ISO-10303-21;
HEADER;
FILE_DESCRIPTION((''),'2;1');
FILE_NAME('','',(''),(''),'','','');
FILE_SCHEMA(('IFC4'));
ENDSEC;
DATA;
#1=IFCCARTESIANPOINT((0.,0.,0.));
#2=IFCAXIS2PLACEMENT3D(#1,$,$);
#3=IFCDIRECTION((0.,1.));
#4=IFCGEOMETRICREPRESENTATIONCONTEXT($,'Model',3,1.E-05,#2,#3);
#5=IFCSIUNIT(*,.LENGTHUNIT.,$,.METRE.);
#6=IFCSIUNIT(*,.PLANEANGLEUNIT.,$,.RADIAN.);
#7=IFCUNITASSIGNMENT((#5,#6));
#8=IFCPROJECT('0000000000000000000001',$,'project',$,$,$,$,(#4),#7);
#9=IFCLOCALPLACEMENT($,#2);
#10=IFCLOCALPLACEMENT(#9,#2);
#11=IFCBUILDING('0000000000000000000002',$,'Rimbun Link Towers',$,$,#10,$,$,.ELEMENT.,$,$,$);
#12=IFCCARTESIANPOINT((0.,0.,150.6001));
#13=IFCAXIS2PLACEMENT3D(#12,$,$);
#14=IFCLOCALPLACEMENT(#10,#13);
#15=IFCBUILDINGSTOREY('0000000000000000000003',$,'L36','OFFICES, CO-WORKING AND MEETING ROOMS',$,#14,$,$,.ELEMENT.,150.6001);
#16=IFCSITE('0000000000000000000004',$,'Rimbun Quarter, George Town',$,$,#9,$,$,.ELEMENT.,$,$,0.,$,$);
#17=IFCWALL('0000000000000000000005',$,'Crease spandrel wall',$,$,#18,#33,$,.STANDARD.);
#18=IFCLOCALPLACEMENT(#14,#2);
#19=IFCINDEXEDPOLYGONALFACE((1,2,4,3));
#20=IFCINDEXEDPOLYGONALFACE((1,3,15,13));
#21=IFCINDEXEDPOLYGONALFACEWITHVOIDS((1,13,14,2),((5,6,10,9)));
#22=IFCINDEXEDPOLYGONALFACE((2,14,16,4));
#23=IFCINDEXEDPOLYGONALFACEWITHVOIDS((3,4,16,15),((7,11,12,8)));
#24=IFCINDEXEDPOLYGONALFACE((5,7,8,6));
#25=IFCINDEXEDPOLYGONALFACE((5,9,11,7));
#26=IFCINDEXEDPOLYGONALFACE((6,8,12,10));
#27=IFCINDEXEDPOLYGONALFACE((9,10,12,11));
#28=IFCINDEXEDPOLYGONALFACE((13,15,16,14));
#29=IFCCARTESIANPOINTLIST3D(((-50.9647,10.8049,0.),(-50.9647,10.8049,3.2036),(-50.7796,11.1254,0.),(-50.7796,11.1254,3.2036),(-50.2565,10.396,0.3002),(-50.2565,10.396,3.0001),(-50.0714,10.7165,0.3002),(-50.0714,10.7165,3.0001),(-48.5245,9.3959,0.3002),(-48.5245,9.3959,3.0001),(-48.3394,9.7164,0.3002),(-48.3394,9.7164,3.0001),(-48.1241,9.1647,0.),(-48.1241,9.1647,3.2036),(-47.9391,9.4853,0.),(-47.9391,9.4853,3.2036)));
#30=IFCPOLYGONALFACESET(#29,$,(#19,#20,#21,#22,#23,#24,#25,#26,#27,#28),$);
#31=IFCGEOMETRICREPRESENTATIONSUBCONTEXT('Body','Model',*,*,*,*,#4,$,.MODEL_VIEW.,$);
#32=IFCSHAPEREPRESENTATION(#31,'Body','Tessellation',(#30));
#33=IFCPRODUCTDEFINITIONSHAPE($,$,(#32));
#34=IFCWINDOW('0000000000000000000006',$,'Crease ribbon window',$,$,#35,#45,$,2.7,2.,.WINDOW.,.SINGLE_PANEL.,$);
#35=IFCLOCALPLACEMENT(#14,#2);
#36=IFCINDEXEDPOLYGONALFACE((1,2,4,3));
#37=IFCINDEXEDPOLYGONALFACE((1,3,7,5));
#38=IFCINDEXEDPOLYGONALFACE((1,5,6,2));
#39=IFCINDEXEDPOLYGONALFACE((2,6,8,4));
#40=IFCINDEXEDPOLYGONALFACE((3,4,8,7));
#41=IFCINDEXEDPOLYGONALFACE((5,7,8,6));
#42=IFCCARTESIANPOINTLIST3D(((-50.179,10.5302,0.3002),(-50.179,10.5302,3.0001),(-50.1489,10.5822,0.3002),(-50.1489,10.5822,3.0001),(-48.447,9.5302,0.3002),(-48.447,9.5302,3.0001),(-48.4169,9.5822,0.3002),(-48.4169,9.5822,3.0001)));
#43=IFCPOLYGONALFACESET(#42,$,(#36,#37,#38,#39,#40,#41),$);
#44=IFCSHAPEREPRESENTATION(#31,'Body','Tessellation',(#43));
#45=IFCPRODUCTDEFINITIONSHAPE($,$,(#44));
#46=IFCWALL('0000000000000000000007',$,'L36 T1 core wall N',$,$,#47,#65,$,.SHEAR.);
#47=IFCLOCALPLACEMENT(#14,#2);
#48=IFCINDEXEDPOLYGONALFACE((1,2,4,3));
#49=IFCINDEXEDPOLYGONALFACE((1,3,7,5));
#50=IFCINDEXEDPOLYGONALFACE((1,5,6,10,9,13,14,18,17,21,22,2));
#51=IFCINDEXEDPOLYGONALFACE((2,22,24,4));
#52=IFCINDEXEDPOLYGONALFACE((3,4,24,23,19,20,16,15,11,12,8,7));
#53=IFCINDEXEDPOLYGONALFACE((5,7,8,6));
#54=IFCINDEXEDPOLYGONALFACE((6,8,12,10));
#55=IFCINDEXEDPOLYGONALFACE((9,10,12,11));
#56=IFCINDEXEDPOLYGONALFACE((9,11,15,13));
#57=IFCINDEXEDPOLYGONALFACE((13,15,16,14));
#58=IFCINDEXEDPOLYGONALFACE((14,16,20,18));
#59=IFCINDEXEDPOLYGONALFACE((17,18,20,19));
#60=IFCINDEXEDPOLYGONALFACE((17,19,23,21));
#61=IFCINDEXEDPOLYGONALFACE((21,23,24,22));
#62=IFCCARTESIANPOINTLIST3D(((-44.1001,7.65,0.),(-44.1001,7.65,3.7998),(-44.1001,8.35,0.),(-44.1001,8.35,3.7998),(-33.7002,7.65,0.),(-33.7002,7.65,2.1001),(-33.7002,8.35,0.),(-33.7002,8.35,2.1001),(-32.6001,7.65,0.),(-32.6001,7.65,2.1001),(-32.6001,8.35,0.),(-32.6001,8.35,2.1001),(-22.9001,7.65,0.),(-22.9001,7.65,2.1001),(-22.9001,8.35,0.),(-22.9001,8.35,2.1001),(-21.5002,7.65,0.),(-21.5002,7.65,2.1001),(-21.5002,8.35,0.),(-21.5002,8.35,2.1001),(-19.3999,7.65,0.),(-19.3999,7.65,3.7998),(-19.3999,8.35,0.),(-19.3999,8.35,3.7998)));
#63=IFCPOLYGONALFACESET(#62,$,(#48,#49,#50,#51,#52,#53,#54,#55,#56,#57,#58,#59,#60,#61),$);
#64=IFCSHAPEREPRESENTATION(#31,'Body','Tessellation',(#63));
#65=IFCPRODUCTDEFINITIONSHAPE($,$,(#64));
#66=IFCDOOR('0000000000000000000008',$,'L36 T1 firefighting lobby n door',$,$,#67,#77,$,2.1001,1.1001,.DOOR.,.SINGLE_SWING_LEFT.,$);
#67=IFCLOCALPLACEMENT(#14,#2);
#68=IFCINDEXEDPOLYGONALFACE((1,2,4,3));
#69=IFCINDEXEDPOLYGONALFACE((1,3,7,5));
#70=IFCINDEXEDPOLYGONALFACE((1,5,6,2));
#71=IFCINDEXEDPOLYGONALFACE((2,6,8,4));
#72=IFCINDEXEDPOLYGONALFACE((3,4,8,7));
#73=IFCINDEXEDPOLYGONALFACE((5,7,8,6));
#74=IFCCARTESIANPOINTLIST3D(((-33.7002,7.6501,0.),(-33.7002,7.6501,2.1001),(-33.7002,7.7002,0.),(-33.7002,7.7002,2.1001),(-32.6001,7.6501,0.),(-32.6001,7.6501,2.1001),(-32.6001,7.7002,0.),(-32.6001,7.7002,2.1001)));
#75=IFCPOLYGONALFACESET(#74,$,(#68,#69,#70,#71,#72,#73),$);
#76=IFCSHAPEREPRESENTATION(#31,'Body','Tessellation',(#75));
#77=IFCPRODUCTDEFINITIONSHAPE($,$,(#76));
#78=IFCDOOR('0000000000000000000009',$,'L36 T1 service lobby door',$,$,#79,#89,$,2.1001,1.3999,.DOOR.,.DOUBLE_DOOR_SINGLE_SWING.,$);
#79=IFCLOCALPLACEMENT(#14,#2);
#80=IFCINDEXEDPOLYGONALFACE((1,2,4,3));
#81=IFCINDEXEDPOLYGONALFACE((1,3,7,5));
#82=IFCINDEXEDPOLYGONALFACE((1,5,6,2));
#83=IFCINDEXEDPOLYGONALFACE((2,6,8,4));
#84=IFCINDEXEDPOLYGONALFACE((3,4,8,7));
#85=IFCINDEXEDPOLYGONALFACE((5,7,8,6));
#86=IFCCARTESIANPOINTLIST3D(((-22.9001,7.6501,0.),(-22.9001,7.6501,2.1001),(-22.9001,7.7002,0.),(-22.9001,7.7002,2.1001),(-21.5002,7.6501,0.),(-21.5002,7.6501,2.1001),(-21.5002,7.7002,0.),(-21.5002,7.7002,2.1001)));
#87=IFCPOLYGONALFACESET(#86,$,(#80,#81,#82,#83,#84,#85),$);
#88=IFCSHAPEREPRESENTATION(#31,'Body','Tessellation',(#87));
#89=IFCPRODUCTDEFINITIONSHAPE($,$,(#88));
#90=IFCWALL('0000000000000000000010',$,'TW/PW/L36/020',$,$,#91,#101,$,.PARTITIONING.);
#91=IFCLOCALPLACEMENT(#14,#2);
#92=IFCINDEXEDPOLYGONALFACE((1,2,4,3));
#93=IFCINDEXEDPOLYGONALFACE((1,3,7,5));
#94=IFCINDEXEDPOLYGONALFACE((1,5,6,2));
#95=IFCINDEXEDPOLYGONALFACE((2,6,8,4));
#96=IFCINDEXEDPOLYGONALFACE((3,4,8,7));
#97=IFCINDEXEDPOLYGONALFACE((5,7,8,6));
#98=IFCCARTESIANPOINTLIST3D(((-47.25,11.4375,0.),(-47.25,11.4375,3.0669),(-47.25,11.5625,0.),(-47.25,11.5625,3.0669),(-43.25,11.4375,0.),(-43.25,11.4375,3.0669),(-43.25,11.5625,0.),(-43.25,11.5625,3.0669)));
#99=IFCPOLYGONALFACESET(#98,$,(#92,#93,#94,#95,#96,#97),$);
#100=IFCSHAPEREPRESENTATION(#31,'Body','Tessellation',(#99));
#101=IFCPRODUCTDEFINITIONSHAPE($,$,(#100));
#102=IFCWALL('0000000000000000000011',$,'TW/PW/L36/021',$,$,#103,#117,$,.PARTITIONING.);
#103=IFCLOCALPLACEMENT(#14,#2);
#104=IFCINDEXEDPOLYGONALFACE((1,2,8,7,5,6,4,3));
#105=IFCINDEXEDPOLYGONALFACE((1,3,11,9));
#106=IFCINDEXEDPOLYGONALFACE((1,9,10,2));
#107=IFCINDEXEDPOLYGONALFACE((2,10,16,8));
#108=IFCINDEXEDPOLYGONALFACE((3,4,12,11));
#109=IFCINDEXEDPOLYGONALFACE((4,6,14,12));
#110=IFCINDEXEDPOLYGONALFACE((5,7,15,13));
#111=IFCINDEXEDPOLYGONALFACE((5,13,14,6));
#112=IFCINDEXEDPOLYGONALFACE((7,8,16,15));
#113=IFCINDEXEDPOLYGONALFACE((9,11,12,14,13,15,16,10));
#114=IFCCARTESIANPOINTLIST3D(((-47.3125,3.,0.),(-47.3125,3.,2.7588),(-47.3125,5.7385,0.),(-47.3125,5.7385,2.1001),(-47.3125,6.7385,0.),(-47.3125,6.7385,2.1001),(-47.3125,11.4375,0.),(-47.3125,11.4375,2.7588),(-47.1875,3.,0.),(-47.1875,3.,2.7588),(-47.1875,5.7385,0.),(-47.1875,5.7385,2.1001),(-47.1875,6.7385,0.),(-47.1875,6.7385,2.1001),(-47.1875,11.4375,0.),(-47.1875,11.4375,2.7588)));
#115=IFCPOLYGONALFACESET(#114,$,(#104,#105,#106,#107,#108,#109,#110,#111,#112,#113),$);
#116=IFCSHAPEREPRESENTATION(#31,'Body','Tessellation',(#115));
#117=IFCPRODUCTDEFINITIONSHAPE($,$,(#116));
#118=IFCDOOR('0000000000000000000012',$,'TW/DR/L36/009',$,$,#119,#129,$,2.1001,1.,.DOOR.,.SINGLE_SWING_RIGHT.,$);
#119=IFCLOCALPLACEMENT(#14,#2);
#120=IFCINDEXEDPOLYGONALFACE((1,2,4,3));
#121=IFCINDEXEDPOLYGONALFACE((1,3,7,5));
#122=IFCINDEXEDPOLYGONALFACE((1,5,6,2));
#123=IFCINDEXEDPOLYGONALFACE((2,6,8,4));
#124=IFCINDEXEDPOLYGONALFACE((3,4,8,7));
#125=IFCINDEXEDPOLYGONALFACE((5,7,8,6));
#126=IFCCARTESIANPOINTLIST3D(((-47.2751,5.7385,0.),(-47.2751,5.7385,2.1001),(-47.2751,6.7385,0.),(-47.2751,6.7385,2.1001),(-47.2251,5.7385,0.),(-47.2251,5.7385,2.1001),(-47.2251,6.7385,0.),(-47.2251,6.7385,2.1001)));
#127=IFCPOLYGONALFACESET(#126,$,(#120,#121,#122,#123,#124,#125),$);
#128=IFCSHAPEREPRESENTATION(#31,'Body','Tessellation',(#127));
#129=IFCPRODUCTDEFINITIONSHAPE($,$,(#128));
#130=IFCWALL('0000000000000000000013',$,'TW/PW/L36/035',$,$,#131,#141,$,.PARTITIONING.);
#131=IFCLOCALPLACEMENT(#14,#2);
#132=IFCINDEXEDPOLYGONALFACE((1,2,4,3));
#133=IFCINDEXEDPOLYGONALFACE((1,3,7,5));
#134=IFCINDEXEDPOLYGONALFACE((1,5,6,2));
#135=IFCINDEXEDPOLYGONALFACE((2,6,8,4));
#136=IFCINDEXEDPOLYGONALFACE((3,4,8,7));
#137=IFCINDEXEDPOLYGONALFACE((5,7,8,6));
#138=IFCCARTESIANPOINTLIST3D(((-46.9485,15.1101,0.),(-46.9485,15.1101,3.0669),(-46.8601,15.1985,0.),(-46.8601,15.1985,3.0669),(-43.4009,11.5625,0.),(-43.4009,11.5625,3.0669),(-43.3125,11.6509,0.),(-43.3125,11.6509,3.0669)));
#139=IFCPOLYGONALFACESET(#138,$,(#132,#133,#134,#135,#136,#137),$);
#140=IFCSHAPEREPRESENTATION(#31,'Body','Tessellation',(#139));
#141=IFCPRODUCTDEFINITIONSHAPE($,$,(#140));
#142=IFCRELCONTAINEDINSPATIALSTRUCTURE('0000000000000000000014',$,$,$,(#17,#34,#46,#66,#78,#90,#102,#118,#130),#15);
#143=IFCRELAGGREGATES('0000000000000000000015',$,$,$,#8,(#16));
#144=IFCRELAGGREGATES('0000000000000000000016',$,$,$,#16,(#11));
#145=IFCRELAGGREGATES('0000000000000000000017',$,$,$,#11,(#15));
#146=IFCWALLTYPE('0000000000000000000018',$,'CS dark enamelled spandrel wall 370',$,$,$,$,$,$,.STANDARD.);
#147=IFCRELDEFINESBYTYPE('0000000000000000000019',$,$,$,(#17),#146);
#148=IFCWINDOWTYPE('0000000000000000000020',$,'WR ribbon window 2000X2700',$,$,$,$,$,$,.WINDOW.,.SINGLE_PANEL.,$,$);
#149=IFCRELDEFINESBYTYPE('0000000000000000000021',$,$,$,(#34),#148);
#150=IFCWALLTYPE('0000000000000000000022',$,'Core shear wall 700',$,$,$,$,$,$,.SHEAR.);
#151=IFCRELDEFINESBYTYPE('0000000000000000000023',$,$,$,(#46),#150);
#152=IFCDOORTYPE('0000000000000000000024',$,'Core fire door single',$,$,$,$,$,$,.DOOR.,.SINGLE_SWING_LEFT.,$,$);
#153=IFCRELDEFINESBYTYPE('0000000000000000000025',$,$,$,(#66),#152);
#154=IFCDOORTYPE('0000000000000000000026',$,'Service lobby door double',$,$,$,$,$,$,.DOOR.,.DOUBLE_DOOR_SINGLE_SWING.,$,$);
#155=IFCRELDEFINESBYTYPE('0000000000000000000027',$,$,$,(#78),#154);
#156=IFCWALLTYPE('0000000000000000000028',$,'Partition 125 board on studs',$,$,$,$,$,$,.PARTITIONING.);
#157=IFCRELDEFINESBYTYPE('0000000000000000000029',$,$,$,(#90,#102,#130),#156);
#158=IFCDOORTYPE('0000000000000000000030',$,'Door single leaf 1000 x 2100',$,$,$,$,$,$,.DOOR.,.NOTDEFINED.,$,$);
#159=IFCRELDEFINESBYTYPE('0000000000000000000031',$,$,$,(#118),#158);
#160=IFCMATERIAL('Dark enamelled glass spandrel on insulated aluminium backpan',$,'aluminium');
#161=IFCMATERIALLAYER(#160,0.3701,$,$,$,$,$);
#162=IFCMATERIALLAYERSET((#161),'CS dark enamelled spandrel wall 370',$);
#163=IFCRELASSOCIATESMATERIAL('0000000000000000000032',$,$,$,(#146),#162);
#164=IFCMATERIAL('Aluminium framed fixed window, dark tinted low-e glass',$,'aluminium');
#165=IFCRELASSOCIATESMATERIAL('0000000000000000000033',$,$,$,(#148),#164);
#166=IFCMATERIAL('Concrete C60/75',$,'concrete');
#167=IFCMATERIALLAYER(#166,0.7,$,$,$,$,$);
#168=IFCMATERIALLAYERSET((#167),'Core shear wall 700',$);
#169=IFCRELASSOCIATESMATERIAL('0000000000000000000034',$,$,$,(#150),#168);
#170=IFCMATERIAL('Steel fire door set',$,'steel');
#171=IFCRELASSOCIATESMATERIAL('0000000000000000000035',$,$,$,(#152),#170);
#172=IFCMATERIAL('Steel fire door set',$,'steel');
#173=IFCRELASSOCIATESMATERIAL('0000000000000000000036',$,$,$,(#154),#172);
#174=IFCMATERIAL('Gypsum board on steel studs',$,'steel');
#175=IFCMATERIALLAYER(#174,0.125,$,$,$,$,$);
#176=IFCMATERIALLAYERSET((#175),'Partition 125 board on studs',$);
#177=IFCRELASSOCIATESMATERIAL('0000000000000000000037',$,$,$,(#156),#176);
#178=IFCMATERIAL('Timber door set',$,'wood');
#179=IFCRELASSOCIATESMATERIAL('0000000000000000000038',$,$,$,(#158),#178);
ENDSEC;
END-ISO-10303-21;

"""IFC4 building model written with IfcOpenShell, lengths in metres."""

from ifc_helpers import new_model, si_unit, direction, frame, frame_2d, origin, place, context, subcontext, project, spatial, rectangle, extrude, material, layer, layer_set, type_object, element, fill, save


model = new_model("IFC4")

# Units and contexts
model_context = context("Model", 3, precision=1e-05, world=origin(), true_north=direction((0.0, 1.0)))
body_context = subcontext(model_context, "Body", "Model", "MODEL_VIEW")
ifc_project = project(units=[si_unit("LENGTHUNIT", "METRE"), si_unit("PLANEANGLEUNIT", "RADIAN")], contexts=[model_context])

# Site, building, storey
site_placement = place(None, origin())
site = spatial("IfcSite", under=ifc_project, at=site_placement, Name="Rimbun Quarter, George Town", CompositionType="ELEMENT", RefElevation=0.0)
building_placement = place(site_placement, origin())
building = spatial("IfcBuilding", under=site, at=building_placement, Name="Rimbun Link Towers", CompositionType="ELEMENT")
storey_placement = place(building_placement, frame((0.0, 0.0, 150.6001)))
storey = spatial("IfcBuildingStorey", under=building, at=storey_placement, Name="L36", Description="OFFICES, CO-WORKING AND MEETING ROOMS", CompositionType="ELEMENT", Elevation=150.6001)

# Wall, opening, window
ifc_material_1 = material(Name="Dark enamelled glass spandrel on insulated aluminium backpan", Category="aluminium")
ifc_layer_1 = layer(ifc_material_1, 0.3701)
ifc_layer_set_1 = layer_set([ifc_layer_1], Name="CS dark enamelled spandrel wall 370")
wall_type_1 = type_object("IfcWallType", Name="CS dark enamelled spandrel wall 370", PredefinedType="STANDARD", material=ifc_layer_set_1)
wall_1_placement = place(storey_placement, frame((-48.0315, 9.325, 0.0), z_axis=(0.0, 0.0, 1.0), x_axis=(-0.866008, 0.50003, 0.0)))
wall_1 = element("IfcWall", 1, at=wall_1_placement, inside=storey, type_object=wall_type_1, Name="Crease spandrel wall", PredefinedType="STANDARD", context=body_context, shape_type="SweptSolid", body=[
    extrude(rectangle(XDim=3.28, YDim=0.3701, at=frame_2d((1.6401, 0.0))), origin(), (0.0, 0.0, 1.0), 3.2036),
])
opening_1_placement = place(wall_1_placement, frame((0.4624, 0.0, 0.3)))
opening_1 = element("IfcOpeningElement", 2, at=opening_1_placement, cuts=wall_1, PredefinedType="OPENING", context=body_context, shape_type="SweptSolid", body=[
    extrude(rectangle(XDim=2.0, YDim=2.7, at=frame_2d((1.0, 1.3501))), frame((0.0, 0.1951, 0.0), z_axis=(0.0, -1.0, 0.0), x_axis=(1.0, 0.0, 0.0)), (0.0, 0.0, 1.0), 0.3901),
])
ifc_material_2 = material(Name="Aluminium framed fixed window, dark tinted low-e glass", Category="aluminium")
window_type = type_object("IfcWindowType", Name="WR ribbon window 2000X2700", PartitioningType="SINGLE_PANEL", PredefinedType="WINDOW", material=ifc_material_2)
window_placement = place(opening_1_placement, origin())
window = element("IfcWindow", 3, at=window_placement, inside=storey, type_object=window_type, Name="Crease ribbon window", OverallHeight=2.7, OverallWidth=2.0, PartitioningType="SINGLE_PANEL", PredefinedType="WINDOW", context=body_context, shape_type="SweptSolid", body=[
    extrude(rectangle(XDim=2.0, YDim=2.7, at=frame_2d((1.0, 1.3501))), frame((0.0, 0.03, 0.0), z_axis=(0.0, -1.0, 0.0), x_axis=(1.0, 0.0, 0.0)), (0.0, 0.0, 1.0), 0.0601),
])
fill(opening_1, window)

# Wall, openings, doors
ifc_material_3 = material(Name="Concrete C60/75", Category="concrete")
ifc_layer_2 = layer(ifc_material_3, 0.7)
ifc_layer_set_2 = layer_set([ifc_layer_2], Name="Core shear wall 700")
wall_type_2 = type_object("IfcWallType", Name="Core shear wall 700", PredefinedType="SHEAR", material=ifc_layer_set_2)
wall_2_placement = place(storey_placement, frame((-44.1001, 8.0, 0.0), z_axis=(0.0, 0.0, 1.0), x_axis=(1.0, 0.0, 0.0)))
wall_2 = element("IfcWall", 4, at=wall_2_placement, inside=storey, type_object=wall_type_2, Name="L36 T1 core wall N", PredefinedType="SHEAR", context=body_context, shape_type="SweptSolid", body=[
    extrude(rectangle(XDim=24.7002, YDim=0.7, at=frame_2d((12.3501, 0.0))), origin(), (0.0, 0.0, 1.0), 3.7998),
])
opening_2_placement = place(wall_2_placement, frame((10.3999, 0.0, 0.0)))
opening_2 = element("IfcOpeningElement", 5, at=opening_2_placement, cuts=wall_2, PredefinedType="OPENING", context=body_context, shape_type="SweptSolid", body=[
    extrude(rectangle(XDim=1.1001, YDim=2.1001, at=frame_2d((0.55, 1.05))), frame((0.0, 0.3599, 0.0), z_axis=(0.0, -1.0, 0.0), x_axis=(1.0, 0.0, 0.0)), (0.0, 0.0, 1.0), 0.72),
])
opening_3_placement = place(wall_2_placement, frame((21.2, 0.0, 0.0)))
opening_3 = element("IfcOpeningElement", 6, at=opening_3_placement, cuts=wall_2, PredefinedType="OPENING", context=body_context, shape_type="SweptSolid", body=[
    extrude(rectangle(XDim=1.3999, YDim=2.1001, at=frame_2d((0.7, 1.05))), frame((0.0, 0.3599, 0.0), z_axis=(0.0, -1.0, 0.0), x_axis=(1.0, 0.0, 0.0)), (0.0, 0.0, 1.0), 0.72),
])
ifc_material_4 = material(Name="Steel fire door set", Category="steel")
door_type_1 = type_object("IfcDoorType", Name="Core fire door single", OperationType="SINGLE_SWING_LEFT", PredefinedType="DOOR", material=ifc_material_4)
door_1_placement = place(opening_2_placement, origin())
door_1 = element("IfcDoor", 7, at=door_1_placement, inside=storey, type_object=door_type_1, Name="L36 T1 firefighting lobby n door", OperationType="SINGLE_SWING_LEFT", OverallHeight=2.1001, OverallWidth=1.1001, PredefinedType="DOOR", context=body_context, shape_type="SweptSolid", body=[
    extrude(rectangle(XDim=1.1001, YDim=2.1001, at=frame_2d((0.55, 1.05))), frame((0.0, -0.2998, 0.0), z_axis=(0.0, -1.0, 0.0), x_axis=(1.0, 0.0, 0.0)), (0.0, 0.0, 1.0), 0.05),
])
fill(opening_2, door_1)
ifc_material_5 = material(Name="Steel fire door set", Category="steel")
door_type_2 = type_object("IfcDoorType", Name="Service lobby door double", OperationType="DOUBLE_DOOR_SINGLE_SWING", PredefinedType="DOOR", material=ifc_material_5)
door_2_placement = place(opening_3_placement, origin())
door_2 = element("IfcDoor", 8, at=door_2_placement, inside=storey, type_object=door_type_2, Name="L36 T1 service lobby door", OperationType="DOUBLE_DOOR_SINGLE_SWING", OverallHeight=2.1001, OverallWidth=1.3999, PredefinedType="DOOR", context=body_context, shape_type="SweptSolid", body=[
    extrude(rectangle(XDim=1.3999, YDim=2.1001, at=frame_2d((0.7, 1.05))), frame((0.0, -0.2998, 0.0), z_axis=(0.0, -1.0, 0.0), x_axis=(1.0, 0.0, 0.0)), (0.0, 0.0, 1.0), 0.05),
])
fill(opening_3, door_2)

# Wall
ifc_material_6 = material(Name="Gypsum board on steel studs", Category="steel")
ifc_layer_3 = layer(ifc_material_6, 0.125)
ifc_layer_set_3 = layer_set([ifc_layer_3], Name="Partition 125 board on studs")
wall_type_3 = type_object("IfcWallType", Name="Partition 125 board on studs", PredefinedType="PARTITIONING", material=ifc_layer_set_3)
wall_3_placement = place(storey_placement, frame((-43.25, 11.5, 0.0), z_axis=(0.0, 0.0, 1.0), x_axis=(-1.0, 0.0, 0.0)))
element("IfcWall", 9, at=wall_3_placement, inside=storey, type_object=wall_type_3, Name="TW/PW/L36/020", PredefinedType="PARTITIONING", context=body_context, shape_type="SweptSolid", body=[
    extrude(rectangle(XDim=4.0, YDim=0.125, at=frame_2d((2.0, 0.0))), origin(), (0.0, 0.0, 1.0), 3.0669),
])

# Wall, opening, door
wall_4_placement = place(storey_placement, frame((-47.25, 11.4375, 0.0), z_axis=(0.0, 0.0, 1.0), x_axis=(0.0, -1.0, 0.0)))
wall_4 = element("IfcWall", 10, at=wall_4_placement, inside=storey, type_object=wall_type_3, Name="TW/PW/L36/021", PredefinedType="PARTITIONING", context=body_context, shape_type="SweptSolid", body=[
    extrude(rectangle(XDim=8.4375, YDim=0.125, at=frame_2d((4.2188, 0.0))), origin(), (0.0, 0.0, 1.0), 2.7588),
])
opening_4_placement = place(wall_4_placement, frame((4.699, 0.0, 0.0)))
opening_4 = element("IfcOpeningElement", 11, at=opening_4_placement, cuts=wall_4, PredefinedType="OPENING", context=body_context, shape_type="SweptSolid", body=[
    extrude(rectangle(XDim=1.0, YDim=2.1001, at=frame_2d((0.5, 1.05))), frame((0.0, 0.0725, 0.0), z_axis=(0.0, -1.0, 0.0), x_axis=(1.0, 0.0, 0.0)), (0.0, 0.0, 1.0), 0.145),
])
ifc_material_7 = material(Name="Timber door set", Category="wood")
door_type_3 = type_object("IfcDoorType", Name="Door single leaf 1000 x 2100", OperationType="NOTDEFINED", PredefinedType="DOOR", material=ifc_material_7)
door_3_placement = place(opening_4_placement, origin())
door_3 = element("IfcDoor", 12, at=door_3_placement, inside=storey, type_object=door_type_3, Name="TW/DR/L36/009", OperationType="SINGLE_SWING_RIGHT", OverallHeight=2.1001, OverallWidth=1.0, PredefinedType="DOOR", context=body_context, shape_type="SweptSolid", body=[
    extrude(rectangle(XDim=1.0, YDim=2.1001, at=frame_2d((0.5, 1.05))), frame((0.0, 0.0249, 0.0), z_axis=(0.0, -1.0, 0.0), x_axis=(1.0, 0.0, 0.0)), (0.0, 0.0, 1.0), 0.05),
])
fill(opening_4, door_3)

# Wall
wall_5_placement = place(storey_placement, frame((-46.9043, 15.1543, 0.0), z_axis=(0.0, 0.0, 1.0), x_axis=(0.707107, -0.707107, 0.0)))
element("IfcWall", 13, at=wall_5_placement, inside=storey, type_object=wall_type_3, Name="TW/PW/L36/035", PredefinedType="PARTITIONING", context=body_context, shape_type="SweptSolid", body=[
    extrude(rectangle(XDim=5.0171, YDim=0.125, at=frame_2d((2.5085, 0.0))), origin(), (0.0, 0.0, 1.0), 3.0669),
])

save(model, "model.ifc")
